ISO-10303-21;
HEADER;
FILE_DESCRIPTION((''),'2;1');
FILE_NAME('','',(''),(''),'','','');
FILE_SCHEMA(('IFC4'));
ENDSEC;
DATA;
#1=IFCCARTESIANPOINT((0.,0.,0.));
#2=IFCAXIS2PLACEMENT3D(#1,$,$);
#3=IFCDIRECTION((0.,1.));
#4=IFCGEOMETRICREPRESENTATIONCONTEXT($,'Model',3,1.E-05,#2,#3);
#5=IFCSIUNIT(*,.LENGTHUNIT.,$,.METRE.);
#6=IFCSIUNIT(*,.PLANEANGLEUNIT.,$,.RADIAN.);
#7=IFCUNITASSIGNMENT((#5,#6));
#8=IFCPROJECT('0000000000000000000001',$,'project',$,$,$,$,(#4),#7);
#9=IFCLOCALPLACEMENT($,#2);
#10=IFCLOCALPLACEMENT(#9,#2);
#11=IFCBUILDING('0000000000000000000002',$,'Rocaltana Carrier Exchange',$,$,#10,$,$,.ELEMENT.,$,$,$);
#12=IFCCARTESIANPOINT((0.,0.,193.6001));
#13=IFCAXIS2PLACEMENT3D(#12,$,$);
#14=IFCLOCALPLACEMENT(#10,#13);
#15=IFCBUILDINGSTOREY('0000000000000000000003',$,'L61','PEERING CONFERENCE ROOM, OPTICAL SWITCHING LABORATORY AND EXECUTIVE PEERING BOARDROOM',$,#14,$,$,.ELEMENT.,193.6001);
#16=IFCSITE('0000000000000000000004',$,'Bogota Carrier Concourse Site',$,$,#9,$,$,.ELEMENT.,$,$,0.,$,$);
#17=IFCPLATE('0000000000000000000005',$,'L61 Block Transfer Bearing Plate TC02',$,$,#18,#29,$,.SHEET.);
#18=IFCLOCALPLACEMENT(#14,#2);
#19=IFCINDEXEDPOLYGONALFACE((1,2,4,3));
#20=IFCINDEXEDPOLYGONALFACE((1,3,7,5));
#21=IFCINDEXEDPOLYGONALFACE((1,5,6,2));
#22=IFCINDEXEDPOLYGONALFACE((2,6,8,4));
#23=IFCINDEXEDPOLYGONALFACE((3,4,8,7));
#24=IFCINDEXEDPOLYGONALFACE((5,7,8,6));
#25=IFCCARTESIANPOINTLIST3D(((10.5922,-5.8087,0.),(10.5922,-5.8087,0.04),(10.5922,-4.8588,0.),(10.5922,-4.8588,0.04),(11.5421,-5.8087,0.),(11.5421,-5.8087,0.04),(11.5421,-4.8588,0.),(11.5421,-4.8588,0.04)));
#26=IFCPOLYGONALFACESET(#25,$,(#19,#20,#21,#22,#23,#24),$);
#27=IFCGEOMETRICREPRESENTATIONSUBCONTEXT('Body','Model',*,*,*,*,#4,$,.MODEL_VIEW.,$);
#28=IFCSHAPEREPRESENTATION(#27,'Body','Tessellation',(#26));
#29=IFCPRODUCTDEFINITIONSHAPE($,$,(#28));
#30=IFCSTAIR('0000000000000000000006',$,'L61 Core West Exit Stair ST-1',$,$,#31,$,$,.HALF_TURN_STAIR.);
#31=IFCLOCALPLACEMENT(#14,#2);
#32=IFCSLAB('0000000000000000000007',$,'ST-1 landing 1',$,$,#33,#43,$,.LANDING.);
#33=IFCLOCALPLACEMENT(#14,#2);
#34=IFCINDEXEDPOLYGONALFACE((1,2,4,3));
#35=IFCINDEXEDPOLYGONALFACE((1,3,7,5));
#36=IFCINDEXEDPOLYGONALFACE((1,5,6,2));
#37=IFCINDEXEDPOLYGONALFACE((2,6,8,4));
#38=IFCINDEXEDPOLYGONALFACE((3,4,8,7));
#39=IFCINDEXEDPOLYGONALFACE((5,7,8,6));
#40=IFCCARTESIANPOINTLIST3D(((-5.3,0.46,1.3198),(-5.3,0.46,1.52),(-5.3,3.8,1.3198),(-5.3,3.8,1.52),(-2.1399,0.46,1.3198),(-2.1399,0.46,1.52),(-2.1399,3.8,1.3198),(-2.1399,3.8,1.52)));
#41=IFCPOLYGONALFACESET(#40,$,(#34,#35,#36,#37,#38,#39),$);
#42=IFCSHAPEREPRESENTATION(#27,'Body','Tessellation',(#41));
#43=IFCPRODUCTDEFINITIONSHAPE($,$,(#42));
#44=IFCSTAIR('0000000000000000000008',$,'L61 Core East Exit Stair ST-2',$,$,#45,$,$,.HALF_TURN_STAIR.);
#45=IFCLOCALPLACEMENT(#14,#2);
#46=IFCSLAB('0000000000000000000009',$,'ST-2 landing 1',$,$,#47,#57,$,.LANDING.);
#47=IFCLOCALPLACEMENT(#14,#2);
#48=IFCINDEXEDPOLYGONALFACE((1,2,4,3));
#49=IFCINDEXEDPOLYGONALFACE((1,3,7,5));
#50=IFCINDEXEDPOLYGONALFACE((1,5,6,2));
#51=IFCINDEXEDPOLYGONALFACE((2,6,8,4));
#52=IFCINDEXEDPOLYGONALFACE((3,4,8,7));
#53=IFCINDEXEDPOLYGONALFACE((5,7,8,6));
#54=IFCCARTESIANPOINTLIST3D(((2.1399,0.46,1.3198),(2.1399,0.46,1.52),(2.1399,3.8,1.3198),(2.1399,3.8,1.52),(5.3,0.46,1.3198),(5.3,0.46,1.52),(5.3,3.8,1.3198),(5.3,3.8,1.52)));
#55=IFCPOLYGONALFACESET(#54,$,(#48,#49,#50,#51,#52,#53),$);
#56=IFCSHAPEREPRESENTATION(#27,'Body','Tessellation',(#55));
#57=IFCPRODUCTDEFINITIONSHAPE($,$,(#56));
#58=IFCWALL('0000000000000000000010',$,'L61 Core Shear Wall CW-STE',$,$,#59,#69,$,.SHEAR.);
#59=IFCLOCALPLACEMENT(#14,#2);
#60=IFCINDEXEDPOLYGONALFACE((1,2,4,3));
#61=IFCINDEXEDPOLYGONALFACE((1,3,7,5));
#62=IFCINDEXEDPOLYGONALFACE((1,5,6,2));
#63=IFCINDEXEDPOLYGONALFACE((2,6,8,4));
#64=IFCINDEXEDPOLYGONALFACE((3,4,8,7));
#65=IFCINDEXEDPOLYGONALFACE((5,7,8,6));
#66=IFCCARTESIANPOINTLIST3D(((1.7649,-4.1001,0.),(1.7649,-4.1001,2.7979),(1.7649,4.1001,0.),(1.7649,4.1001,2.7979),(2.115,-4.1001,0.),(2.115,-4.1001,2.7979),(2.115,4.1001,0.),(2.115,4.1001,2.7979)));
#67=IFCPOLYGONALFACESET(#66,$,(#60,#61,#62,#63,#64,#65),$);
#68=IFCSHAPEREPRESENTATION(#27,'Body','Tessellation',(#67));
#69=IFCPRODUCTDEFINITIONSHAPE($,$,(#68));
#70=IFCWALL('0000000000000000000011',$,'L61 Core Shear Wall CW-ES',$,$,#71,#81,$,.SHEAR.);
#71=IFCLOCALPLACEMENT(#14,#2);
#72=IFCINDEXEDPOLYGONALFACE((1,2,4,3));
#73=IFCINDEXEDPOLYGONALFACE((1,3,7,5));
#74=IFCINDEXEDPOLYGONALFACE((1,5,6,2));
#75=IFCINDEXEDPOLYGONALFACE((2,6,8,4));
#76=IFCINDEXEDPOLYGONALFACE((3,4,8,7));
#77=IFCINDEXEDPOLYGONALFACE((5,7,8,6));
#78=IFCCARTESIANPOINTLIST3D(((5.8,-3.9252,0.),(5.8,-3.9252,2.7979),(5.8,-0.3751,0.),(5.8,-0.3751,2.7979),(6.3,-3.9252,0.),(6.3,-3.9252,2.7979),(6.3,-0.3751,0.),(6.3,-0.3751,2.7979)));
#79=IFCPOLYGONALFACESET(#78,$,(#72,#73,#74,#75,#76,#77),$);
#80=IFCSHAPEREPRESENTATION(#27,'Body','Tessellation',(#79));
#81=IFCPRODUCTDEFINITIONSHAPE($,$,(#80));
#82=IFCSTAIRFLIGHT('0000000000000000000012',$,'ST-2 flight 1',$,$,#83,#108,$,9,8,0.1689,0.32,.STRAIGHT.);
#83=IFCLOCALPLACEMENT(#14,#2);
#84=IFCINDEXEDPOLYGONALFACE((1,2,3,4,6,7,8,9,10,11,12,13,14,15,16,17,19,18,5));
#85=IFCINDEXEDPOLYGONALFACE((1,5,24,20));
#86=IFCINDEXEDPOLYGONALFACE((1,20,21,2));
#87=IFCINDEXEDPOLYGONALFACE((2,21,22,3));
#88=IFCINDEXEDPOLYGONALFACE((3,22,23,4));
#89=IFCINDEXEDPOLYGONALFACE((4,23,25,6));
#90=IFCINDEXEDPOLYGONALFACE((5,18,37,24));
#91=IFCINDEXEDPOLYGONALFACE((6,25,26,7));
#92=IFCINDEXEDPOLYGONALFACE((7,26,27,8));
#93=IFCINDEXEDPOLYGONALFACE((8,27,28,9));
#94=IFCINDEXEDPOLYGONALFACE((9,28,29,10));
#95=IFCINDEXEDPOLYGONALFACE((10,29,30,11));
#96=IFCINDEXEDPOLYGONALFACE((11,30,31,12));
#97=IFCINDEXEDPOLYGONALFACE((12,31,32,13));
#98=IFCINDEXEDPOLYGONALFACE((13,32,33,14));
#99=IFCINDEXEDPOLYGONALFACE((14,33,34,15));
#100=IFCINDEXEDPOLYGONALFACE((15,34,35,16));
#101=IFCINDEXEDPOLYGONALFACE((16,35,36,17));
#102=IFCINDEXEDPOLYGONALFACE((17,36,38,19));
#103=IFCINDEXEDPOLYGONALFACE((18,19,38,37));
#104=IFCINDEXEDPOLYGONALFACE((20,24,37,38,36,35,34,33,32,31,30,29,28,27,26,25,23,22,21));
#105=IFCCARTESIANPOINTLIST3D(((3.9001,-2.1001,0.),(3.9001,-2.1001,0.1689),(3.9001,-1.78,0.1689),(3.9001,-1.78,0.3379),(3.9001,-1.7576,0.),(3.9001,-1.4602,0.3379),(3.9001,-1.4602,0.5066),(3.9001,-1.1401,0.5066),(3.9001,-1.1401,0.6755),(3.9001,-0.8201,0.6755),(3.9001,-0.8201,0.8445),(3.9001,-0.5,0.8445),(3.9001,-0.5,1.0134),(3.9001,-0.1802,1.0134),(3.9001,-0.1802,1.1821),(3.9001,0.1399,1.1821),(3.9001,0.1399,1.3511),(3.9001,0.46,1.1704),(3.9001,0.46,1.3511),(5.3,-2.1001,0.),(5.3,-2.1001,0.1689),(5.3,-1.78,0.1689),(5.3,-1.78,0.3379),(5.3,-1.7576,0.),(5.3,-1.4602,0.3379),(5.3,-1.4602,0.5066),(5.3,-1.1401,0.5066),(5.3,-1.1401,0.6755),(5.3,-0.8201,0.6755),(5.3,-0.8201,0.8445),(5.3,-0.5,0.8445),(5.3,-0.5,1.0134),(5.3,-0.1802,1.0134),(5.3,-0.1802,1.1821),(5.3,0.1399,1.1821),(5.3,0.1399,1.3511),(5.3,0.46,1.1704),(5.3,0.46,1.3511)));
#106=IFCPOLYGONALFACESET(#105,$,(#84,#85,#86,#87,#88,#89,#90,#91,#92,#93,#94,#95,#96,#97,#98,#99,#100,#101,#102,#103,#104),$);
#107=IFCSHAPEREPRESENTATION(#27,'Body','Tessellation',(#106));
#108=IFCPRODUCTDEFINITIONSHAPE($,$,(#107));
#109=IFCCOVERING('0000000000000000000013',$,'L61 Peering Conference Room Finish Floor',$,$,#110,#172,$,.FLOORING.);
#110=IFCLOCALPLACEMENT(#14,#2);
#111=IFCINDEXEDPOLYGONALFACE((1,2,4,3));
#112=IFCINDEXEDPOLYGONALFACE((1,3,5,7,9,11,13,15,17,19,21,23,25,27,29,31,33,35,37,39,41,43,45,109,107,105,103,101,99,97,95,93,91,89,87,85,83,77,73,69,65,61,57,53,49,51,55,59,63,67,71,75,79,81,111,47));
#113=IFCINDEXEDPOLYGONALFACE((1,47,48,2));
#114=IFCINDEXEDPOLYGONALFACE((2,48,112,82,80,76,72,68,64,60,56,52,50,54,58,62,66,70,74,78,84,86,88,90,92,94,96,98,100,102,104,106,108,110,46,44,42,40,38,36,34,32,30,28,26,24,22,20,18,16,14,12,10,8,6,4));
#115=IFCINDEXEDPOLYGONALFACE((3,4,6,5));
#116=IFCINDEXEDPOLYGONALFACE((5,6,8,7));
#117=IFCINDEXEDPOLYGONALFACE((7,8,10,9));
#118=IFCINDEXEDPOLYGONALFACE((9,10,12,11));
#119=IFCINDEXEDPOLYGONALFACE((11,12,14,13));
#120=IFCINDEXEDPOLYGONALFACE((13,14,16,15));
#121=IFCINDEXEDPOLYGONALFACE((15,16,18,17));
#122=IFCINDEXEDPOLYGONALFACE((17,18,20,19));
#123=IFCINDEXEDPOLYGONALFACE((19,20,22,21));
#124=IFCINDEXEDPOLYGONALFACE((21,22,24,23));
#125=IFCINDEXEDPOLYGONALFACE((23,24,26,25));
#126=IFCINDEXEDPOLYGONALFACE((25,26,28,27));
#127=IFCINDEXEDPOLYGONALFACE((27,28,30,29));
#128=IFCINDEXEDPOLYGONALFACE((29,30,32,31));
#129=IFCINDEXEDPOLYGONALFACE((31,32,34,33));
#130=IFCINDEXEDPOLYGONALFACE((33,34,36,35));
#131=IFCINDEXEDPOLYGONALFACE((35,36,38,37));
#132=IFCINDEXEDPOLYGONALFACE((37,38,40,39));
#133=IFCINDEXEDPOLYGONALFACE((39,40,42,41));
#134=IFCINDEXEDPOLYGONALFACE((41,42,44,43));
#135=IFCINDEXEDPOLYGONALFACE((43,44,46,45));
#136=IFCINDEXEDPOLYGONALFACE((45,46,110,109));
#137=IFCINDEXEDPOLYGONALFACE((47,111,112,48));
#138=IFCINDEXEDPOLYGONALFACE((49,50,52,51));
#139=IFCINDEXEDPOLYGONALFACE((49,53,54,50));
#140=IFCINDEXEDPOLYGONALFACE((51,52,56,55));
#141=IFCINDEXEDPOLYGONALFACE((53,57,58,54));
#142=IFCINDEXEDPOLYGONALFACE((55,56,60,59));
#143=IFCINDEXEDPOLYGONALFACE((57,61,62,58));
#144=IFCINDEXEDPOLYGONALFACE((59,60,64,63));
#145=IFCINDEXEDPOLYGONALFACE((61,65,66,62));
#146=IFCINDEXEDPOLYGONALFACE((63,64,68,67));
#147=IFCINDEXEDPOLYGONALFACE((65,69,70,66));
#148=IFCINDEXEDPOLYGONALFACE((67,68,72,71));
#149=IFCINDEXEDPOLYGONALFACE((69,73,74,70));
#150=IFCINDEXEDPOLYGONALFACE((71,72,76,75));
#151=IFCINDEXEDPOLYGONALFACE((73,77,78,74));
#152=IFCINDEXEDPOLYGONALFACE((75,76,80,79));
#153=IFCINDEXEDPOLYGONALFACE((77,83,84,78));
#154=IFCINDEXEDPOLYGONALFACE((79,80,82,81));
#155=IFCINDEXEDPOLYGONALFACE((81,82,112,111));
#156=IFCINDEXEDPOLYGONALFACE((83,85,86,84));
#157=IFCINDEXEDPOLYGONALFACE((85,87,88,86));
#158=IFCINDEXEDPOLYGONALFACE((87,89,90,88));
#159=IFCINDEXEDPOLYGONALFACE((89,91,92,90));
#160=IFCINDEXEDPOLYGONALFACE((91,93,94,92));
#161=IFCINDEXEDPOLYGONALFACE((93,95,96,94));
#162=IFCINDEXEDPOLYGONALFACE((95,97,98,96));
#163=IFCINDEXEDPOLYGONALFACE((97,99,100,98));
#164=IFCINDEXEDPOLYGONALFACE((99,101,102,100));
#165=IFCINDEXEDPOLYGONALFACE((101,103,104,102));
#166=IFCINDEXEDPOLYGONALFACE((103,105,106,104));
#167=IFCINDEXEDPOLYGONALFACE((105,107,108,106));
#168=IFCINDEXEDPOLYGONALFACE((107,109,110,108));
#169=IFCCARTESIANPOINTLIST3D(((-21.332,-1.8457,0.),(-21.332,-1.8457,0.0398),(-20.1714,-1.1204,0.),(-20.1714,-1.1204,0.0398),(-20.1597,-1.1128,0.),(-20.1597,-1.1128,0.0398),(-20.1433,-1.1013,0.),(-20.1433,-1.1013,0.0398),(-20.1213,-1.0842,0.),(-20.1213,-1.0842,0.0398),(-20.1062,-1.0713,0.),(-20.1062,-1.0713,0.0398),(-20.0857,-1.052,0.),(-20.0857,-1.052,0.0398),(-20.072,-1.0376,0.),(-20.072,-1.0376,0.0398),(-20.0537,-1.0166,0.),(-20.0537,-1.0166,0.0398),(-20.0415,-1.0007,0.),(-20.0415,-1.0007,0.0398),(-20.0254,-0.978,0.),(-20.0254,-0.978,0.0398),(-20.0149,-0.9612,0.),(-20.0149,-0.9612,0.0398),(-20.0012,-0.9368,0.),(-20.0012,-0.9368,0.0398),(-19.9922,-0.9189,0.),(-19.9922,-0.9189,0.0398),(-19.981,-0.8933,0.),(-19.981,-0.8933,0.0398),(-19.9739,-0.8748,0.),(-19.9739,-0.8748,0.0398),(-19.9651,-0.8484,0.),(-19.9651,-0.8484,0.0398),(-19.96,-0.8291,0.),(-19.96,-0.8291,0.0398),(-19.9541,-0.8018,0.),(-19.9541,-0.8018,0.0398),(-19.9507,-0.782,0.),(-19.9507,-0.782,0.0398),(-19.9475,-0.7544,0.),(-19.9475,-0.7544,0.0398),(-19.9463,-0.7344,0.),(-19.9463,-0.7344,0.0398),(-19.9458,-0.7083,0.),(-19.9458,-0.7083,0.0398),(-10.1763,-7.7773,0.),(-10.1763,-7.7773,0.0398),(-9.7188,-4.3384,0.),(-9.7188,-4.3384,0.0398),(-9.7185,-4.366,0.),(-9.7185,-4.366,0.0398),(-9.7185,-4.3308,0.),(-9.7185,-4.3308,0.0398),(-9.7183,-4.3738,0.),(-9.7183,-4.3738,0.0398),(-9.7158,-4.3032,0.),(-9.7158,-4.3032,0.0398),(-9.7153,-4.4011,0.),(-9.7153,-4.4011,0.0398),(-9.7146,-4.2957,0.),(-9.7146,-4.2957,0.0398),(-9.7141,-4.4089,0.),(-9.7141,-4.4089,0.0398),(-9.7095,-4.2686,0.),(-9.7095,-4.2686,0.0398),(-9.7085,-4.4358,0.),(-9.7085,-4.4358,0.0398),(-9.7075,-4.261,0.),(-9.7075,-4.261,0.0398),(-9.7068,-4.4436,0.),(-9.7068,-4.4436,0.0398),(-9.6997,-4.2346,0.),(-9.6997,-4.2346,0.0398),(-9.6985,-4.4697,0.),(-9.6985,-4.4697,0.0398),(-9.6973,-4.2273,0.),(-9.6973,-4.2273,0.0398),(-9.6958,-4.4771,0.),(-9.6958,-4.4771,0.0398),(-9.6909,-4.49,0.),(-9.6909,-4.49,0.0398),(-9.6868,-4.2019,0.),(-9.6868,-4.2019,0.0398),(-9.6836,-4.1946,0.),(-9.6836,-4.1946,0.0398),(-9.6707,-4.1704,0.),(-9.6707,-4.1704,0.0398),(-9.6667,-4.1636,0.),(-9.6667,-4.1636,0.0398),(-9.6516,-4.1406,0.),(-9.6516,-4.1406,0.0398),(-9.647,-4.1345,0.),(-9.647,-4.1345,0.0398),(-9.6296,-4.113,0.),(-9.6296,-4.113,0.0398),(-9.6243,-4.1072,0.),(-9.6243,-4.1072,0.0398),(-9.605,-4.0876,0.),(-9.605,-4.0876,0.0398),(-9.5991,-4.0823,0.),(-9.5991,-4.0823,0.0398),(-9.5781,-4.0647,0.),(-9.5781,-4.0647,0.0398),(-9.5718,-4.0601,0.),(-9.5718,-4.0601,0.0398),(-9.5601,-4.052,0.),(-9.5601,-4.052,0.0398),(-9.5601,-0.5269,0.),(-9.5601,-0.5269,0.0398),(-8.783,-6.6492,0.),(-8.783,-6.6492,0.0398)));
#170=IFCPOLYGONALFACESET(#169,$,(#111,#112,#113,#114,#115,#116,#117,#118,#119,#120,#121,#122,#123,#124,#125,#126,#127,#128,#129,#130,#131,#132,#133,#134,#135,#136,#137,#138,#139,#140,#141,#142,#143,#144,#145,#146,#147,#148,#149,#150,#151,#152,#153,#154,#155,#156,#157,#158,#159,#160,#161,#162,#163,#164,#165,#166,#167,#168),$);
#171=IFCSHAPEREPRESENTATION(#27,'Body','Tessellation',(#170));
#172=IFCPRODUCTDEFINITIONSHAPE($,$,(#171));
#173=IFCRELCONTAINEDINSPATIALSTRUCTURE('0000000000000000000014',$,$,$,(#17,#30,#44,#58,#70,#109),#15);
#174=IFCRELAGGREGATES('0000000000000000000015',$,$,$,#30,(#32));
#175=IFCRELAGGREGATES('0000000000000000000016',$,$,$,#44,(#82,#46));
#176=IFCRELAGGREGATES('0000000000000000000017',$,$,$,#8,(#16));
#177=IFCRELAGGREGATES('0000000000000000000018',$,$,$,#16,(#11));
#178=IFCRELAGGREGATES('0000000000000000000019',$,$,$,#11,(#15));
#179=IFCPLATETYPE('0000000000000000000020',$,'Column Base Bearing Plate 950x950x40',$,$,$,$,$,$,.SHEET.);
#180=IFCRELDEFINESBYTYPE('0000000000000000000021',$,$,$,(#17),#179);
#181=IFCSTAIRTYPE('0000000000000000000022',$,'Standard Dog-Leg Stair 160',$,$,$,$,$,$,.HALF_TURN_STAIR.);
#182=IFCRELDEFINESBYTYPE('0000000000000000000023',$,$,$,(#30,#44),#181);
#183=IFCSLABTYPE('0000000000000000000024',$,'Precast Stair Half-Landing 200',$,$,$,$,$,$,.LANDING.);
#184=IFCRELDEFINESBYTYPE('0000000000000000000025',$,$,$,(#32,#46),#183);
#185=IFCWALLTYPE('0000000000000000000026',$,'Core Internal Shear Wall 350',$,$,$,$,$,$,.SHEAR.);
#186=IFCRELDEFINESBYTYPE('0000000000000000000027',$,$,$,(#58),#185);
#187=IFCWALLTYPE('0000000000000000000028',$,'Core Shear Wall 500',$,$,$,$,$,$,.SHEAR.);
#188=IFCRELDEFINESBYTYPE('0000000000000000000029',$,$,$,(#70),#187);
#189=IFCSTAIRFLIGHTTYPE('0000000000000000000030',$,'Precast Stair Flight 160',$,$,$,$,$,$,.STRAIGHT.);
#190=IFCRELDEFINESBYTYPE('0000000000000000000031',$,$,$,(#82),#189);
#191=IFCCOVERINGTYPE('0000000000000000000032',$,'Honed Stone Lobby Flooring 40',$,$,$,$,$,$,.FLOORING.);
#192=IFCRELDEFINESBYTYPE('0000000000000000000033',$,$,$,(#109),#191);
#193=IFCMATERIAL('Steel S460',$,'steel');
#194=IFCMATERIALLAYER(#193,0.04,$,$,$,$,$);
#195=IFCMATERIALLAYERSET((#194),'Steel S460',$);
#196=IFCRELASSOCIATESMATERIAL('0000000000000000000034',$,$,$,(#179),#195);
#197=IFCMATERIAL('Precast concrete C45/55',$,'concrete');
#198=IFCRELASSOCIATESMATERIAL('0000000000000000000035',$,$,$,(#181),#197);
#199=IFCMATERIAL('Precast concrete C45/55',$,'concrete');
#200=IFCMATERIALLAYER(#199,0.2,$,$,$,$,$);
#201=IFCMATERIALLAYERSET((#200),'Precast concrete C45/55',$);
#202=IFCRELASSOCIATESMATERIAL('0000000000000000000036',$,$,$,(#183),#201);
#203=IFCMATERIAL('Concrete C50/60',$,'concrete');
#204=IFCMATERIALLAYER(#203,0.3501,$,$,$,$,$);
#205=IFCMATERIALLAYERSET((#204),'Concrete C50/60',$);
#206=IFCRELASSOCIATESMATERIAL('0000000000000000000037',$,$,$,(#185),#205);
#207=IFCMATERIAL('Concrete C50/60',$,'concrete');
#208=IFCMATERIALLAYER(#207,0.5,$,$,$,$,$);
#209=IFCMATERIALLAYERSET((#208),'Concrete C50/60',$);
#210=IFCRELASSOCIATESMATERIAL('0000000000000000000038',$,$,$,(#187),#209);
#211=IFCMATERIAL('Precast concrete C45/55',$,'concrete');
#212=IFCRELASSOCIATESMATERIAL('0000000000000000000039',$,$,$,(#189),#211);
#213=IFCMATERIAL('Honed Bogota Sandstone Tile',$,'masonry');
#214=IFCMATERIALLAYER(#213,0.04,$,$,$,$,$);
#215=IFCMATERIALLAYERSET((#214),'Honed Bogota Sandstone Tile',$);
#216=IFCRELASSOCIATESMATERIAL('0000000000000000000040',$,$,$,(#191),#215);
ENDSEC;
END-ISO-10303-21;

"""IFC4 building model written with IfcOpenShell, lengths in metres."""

from ifc_helpers import new_model, si_unit, direction, frame, frame_2d, origin, origin_2d, place, context, subcontext, project, spatial, polyline, rectangle, outline, extrude, material, layer, layer_set, type_object, element, aggregate, save


model = new_model("IFC4")

# Units and contexts
model_context = context("Model", 3, precision=1e-05, world=origin(), true_north=direction((0.0, 1.0)))
body_context = subcontext(model_context, "Body", "Model", "MODEL_VIEW")
ifc_project = project(units=[si_unit("LENGTHUNIT", "METRE"), si_unit("PLANEANGLEUNIT", "RADIAN")], contexts=[model_context])

# Site, building, storey
site_placement = place(None, origin())
site = spatial("IfcSite", under=ifc_project, at=site_placement, Name="Bogota Carrier Concourse Site", CompositionType="ELEMENT", RefElevation=0.0)
building_placement = place(site_placement, origin())
building = spatial("IfcBuilding", under=site, at=building_placement, Name="Rocaltana Carrier Exchange", CompositionType="ELEMENT")
storey_placement = place(building_placement, frame((0.0, 0.0, 193.6001)))
storey = spatial("IfcBuildingStorey", under=building, at=storey_placement, Name="L61", Description="PEERING CONFERENCE ROOM, OPTICAL SWITCHING LABORATORY AND EXECUTIVE PEERING BOARDROOM", CompositionType="ELEMENT", Elevation=193.6001)

# Plate
ifc_material_1 = material(Name="Steel S460", Category="steel")
ifc_layer_1 = layer(ifc_material_1, 0.04)
ifc_layer_set_1 = layer_set([ifc_layer_1], Name="Steel S460")
plate_type = type_object("IfcPlateType", Name="Column Base Bearing Plate 950x950x40", PredefinedType="SHEET", material=ifc_layer_set_1)
plate_placement = place(storey_placement, frame((11.0671, -5.3337, 0.0), z_axis=(0.0, 0.0, 1.0), x_axis=(1.0, 0.0, 0.0)))
element("IfcPlate", 1, at=plate_placement, inside=storey, type_object=plate_type, Name="L61 Block Transfer Bearing Plate TC02", PredefinedType="SHEET", context=body_context, shape_type="SweptSolid", body=[
    extrude(rectangle(XDim=0.95, YDim=0.95, at=origin_2d()), origin(), (0.0, 0.0, 1.0), 0.04),
])

# Stairs, slabs
ifc_material_2 = material(Name="Precast concrete C45/55", Category="concrete")
stair_type = type_object("IfcStairType", Name="Standard Dog-Leg Stair 160", PredefinedType="HALF_TURN_STAIR", material=ifc_material_2)
stair_1_placement = place(storey_placement, origin())
stair_1 = element("IfcStair", 2, at=stair_1_placement, inside=storey, type_object=stair_type, Name="L61 Core West Exit Stair ST-1", PredefinedType="HALF_TURN_STAIR")
ifc_material_3 = material(Name="Precast concrete C45/55", Category="concrete")
ifc_layer_2 = layer(ifc_material_3, 0.2)
ifc_layer_set_2 = layer_set([ifc_layer_2], Name="Precast concrete C45/55")
slab_type = type_object("IfcSlabType", Name="Precast Stair Half-Landing 200", PredefinedType="LANDING", material=ifc_layer_set_2)
slab_1_placement = place(storey_placement, frame((0.0, 0.0, 1.3198)))
slab_1 = element("IfcSlab", 3, at=slab_1_placement, type_object=slab_type, Name="ST-1 landing 1", PredefinedType="LANDING", context=body_context, shape_type="SweptSolid", body=[
    extrude(outline(polyline([(-2.1399, 0.46), (-2.1399, 3.8), (-5.3, 3.8), (-5.3, 0.46), (-2.1399, 0.46)])), origin(), (0.0, 0.0, 1.0), 0.2002),
])
aggregate(stair_1, [slab_1])
stair_2_placement = place(storey_placement, origin())
stair_2 = element("IfcStair", 4, at=stair_2_placement, inside=storey, type_object=stair_type, Name="L61 Core East Exit Stair ST-2", PredefinedType="HALF_TURN_STAIR")
slab_2_placement = place(storey_placement, frame((0.0, 0.0, 1.3198)))
slab_2 = element("IfcSlab", 5, at=slab_2_placement, type_object=slab_type, Name="ST-2 landing 1", PredefinedType="LANDING", context=body_context, shape_type="SweptSolid", body=[
    extrude(outline(polyline([(5.3, 0.46), (5.3, 3.8), (2.1399, 3.8), (2.1399, 0.46), (5.3, 0.46)])), origin(), (0.0, 0.0, 1.0), 0.2002),
])

# Walls
ifc_material_4 = material(Name="Concrete C50/60", Category="concrete")
ifc_layer_3 = layer(ifc_material_4, 0.3501)
ifc_layer_set_3 = layer_set([ifc_layer_3], Name="Concrete C50/60")
wall_type_1 = type_object("IfcWallType", Name="Core Internal Shear Wall 350", PredefinedType="SHEAR", material=ifc_layer_set_3)
wall_1_placement = place(storey_placement, frame((1.9399, -4.1001, 0.0), z_axis=(0.0, 0.0, 1.0), x_axis=(0.0, 1.0, 0.0)))
element("IfcWall", 6, at=wall_1_placement, inside=storey, type_object=wall_type_1, Name="L61 Core Shear Wall CW-STE", PredefinedType="SHEAR", context=body_context, shape_type="SweptSolid", body=[
    extrude(rectangle(XDim=8.2002, YDim=0.3501, at=frame_2d((4.1001, 0.0))), origin(), (0.0, 0.0, 1.0), 2.7979),
])
ifc_material_5 = material(Name="Concrete C50/60", Category="concrete")
ifc_layer_4 = layer(ifc_material_5, 0.5)
ifc_layer_set_4 = layer_set([ifc_layer_4], Name="Concrete C50/60")
wall_type_2 = type_object("IfcWallType", Name="Core Shear Wall 500", PredefinedType="SHEAR", material=ifc_layer_set_4)
wall_2_placement = place(storey_placement, frame((6.05, -3.925, 0.0), z_axis=(0.0, 0.0, 1.0), x_axis=(0.0, 1.0, 0.0)))
element("IfcWall", 7, at=wall_2_placement, inside=storey, type_object=wall_type_2, Name="L61 Core Shear Wall CW-ES", PredefinedType="SHEAR", context=body_context, shape_type="SweptSolid", body=[
    extrude(rectangle(XDim=3.55, YDim=0.5, at=frame_2d((1.7749, 0.0))), origin(), (0.0, 0.0, 1.0), 2.7979),
])

# Stair flight
ifc_material_6 = material(Name="Precast concrete C45/55", Category="concrete")
stair_flight_type = type_object("IfcStairFlightType", Name="Precast Stair Flight 160", PredefinedType="STRAIGHT", material=ifc_material_6)
stair_flight_placement = place(storey_placement, frame((4.6001, -2.1001, 0.0), z_axis=(0.0, 0.0, 1.0), x_axis=(0.0, 1.0, 0.0)))
stair_flight = element("IfcStairFlight", 8, at=stair_flight_placement, type_object=stair_flight_type, Name="ST-2 flight 1", NumberOfRisers=9, NumberOfTreads=8, PredefinedType="STRAIGHT", RiserHeight=0.1689, TreadLength=0.32, context=body_context, shape_type="SweptSolid", body=[
    extrude(outline(polyline([(0.0, 0.0), (0.0, 0.1689), (0.3201, 0.1689), (0.3201, 0.3379), (0.6399, 0.3379), (0.6399, 0.5066), (0.96, 0.5066), (0.96, 0.6755), (1.28, 0.6755), (1.28, 0.8445), (1.6001, 0.8445), (1.6001, 1.0134), (1.9199, 1.0134), (1.9199, 1.1821), (2.24, 1.1821), (2.24, 1.3511), (2.5601, 1.3511), (2.5601, 1.52), (2.5601, 1.1704), (0.3425, 0.0), (0.0, 0.0)])), frame((0.0, 0.7, 0.0), z_axis=(0.0, -1.0, 0.0), x_axis=(1.0, 0.0, 0.0)), (0.0, 0.0, 1.0), 1.3999),
])
aggregate(stair_2, [stair_flight, slab_2])

# Covering
ifc_material_7 = material(Name="Honed Bogota Sandstone Tile", Category="masonry")
ifc_layer_5 = layer(ifc_material_7, 0.04)
ifc_layer_set_5 = layer_set([ifc_layer_5], Name="Honed Bogota Sandstone Tile")
covering_type_1 = type_object("IfcCoveringType", Name="Honed Stone Lobby Flooring 40", PredefinedType="FLOORING", material=ifc_layer_set_5)
covering_1_placement = place(storey_placement, origin())
element("IfcCovering", 9, at=covering_1_placement, inside=storey, type_object=covering_type_1, Name="L61 Peering Conference Room Finish Floor", PredefinedType="FLOORING", context=body_context, shape_type="SweptSolid", body=[
    extrude(outline(polyline([(-20.1714, -1.1204), (-20.1597, -1.1128), (-20.1433, -1.1013), (-20.1213, -1.0842), (-20.1062, -1.0713), (-20.0857, -1.052), (-20.072, -1.0376), (-20.0537, -1.0166), (-20.0415, -1.0007), (-20.0254, -0.978), (-20.0149, -0.9612), (-20.0012, -0.9368), (-19.9922, -0.9189), (-19.981, -0.8933), (-19.9739, -0.8748), (-19.9651, -0.8484), (-19.96, -0.8291), (-19.9541, -0.8018), (-19.9507, -0.782), (-19.9475, -0.7544), (-19.9463, -0.7344), (-19.9458, -0.7083), (-9.5601, -0.5269), (-9.5601, -4.052), (-9.5718, -4.0601), (-9.5781, -4.0647), (-9.5991, -4.0823), (-9.605, -4.0876), (-9.6243, -4.1072), (-9.6296, -4.113), (-9.647, -4.1345), (-9.6516, -4.1406), (-9.6667, -4.1636), (-9.6707, -4.1704), (-9.6836, -4.1946), (-9.6868, -4.2019), (-9.6973, -4.2273), (-9.6997, -4.2346), (-9.7075, -4.261), (-9.7095, -4.2686), (-9.7146, -4.2957), (-9.7158, -4.3032), (-9.7185, -4.3308), (-9.7188, -4.3384), (-9.7185, -4.366), (-9.7183, -4.3738), (-9.7153, -4.4011), (-9.7141, -4.4089), (-9.7085, -4.4358), (-9.7068, -4.4436), (-9.6985, -4.4697), (-9.6958, -4.4771), (-9.6909, -4.49), (-8.783, -6.6492), (-10.1763, -7.7773), (-21.332, -1.8457), (-20.1714, -1.1204)])), origin(), (0.0, 0.0, 1.0), 0.0398),
])

save(model, "model.ifc")
